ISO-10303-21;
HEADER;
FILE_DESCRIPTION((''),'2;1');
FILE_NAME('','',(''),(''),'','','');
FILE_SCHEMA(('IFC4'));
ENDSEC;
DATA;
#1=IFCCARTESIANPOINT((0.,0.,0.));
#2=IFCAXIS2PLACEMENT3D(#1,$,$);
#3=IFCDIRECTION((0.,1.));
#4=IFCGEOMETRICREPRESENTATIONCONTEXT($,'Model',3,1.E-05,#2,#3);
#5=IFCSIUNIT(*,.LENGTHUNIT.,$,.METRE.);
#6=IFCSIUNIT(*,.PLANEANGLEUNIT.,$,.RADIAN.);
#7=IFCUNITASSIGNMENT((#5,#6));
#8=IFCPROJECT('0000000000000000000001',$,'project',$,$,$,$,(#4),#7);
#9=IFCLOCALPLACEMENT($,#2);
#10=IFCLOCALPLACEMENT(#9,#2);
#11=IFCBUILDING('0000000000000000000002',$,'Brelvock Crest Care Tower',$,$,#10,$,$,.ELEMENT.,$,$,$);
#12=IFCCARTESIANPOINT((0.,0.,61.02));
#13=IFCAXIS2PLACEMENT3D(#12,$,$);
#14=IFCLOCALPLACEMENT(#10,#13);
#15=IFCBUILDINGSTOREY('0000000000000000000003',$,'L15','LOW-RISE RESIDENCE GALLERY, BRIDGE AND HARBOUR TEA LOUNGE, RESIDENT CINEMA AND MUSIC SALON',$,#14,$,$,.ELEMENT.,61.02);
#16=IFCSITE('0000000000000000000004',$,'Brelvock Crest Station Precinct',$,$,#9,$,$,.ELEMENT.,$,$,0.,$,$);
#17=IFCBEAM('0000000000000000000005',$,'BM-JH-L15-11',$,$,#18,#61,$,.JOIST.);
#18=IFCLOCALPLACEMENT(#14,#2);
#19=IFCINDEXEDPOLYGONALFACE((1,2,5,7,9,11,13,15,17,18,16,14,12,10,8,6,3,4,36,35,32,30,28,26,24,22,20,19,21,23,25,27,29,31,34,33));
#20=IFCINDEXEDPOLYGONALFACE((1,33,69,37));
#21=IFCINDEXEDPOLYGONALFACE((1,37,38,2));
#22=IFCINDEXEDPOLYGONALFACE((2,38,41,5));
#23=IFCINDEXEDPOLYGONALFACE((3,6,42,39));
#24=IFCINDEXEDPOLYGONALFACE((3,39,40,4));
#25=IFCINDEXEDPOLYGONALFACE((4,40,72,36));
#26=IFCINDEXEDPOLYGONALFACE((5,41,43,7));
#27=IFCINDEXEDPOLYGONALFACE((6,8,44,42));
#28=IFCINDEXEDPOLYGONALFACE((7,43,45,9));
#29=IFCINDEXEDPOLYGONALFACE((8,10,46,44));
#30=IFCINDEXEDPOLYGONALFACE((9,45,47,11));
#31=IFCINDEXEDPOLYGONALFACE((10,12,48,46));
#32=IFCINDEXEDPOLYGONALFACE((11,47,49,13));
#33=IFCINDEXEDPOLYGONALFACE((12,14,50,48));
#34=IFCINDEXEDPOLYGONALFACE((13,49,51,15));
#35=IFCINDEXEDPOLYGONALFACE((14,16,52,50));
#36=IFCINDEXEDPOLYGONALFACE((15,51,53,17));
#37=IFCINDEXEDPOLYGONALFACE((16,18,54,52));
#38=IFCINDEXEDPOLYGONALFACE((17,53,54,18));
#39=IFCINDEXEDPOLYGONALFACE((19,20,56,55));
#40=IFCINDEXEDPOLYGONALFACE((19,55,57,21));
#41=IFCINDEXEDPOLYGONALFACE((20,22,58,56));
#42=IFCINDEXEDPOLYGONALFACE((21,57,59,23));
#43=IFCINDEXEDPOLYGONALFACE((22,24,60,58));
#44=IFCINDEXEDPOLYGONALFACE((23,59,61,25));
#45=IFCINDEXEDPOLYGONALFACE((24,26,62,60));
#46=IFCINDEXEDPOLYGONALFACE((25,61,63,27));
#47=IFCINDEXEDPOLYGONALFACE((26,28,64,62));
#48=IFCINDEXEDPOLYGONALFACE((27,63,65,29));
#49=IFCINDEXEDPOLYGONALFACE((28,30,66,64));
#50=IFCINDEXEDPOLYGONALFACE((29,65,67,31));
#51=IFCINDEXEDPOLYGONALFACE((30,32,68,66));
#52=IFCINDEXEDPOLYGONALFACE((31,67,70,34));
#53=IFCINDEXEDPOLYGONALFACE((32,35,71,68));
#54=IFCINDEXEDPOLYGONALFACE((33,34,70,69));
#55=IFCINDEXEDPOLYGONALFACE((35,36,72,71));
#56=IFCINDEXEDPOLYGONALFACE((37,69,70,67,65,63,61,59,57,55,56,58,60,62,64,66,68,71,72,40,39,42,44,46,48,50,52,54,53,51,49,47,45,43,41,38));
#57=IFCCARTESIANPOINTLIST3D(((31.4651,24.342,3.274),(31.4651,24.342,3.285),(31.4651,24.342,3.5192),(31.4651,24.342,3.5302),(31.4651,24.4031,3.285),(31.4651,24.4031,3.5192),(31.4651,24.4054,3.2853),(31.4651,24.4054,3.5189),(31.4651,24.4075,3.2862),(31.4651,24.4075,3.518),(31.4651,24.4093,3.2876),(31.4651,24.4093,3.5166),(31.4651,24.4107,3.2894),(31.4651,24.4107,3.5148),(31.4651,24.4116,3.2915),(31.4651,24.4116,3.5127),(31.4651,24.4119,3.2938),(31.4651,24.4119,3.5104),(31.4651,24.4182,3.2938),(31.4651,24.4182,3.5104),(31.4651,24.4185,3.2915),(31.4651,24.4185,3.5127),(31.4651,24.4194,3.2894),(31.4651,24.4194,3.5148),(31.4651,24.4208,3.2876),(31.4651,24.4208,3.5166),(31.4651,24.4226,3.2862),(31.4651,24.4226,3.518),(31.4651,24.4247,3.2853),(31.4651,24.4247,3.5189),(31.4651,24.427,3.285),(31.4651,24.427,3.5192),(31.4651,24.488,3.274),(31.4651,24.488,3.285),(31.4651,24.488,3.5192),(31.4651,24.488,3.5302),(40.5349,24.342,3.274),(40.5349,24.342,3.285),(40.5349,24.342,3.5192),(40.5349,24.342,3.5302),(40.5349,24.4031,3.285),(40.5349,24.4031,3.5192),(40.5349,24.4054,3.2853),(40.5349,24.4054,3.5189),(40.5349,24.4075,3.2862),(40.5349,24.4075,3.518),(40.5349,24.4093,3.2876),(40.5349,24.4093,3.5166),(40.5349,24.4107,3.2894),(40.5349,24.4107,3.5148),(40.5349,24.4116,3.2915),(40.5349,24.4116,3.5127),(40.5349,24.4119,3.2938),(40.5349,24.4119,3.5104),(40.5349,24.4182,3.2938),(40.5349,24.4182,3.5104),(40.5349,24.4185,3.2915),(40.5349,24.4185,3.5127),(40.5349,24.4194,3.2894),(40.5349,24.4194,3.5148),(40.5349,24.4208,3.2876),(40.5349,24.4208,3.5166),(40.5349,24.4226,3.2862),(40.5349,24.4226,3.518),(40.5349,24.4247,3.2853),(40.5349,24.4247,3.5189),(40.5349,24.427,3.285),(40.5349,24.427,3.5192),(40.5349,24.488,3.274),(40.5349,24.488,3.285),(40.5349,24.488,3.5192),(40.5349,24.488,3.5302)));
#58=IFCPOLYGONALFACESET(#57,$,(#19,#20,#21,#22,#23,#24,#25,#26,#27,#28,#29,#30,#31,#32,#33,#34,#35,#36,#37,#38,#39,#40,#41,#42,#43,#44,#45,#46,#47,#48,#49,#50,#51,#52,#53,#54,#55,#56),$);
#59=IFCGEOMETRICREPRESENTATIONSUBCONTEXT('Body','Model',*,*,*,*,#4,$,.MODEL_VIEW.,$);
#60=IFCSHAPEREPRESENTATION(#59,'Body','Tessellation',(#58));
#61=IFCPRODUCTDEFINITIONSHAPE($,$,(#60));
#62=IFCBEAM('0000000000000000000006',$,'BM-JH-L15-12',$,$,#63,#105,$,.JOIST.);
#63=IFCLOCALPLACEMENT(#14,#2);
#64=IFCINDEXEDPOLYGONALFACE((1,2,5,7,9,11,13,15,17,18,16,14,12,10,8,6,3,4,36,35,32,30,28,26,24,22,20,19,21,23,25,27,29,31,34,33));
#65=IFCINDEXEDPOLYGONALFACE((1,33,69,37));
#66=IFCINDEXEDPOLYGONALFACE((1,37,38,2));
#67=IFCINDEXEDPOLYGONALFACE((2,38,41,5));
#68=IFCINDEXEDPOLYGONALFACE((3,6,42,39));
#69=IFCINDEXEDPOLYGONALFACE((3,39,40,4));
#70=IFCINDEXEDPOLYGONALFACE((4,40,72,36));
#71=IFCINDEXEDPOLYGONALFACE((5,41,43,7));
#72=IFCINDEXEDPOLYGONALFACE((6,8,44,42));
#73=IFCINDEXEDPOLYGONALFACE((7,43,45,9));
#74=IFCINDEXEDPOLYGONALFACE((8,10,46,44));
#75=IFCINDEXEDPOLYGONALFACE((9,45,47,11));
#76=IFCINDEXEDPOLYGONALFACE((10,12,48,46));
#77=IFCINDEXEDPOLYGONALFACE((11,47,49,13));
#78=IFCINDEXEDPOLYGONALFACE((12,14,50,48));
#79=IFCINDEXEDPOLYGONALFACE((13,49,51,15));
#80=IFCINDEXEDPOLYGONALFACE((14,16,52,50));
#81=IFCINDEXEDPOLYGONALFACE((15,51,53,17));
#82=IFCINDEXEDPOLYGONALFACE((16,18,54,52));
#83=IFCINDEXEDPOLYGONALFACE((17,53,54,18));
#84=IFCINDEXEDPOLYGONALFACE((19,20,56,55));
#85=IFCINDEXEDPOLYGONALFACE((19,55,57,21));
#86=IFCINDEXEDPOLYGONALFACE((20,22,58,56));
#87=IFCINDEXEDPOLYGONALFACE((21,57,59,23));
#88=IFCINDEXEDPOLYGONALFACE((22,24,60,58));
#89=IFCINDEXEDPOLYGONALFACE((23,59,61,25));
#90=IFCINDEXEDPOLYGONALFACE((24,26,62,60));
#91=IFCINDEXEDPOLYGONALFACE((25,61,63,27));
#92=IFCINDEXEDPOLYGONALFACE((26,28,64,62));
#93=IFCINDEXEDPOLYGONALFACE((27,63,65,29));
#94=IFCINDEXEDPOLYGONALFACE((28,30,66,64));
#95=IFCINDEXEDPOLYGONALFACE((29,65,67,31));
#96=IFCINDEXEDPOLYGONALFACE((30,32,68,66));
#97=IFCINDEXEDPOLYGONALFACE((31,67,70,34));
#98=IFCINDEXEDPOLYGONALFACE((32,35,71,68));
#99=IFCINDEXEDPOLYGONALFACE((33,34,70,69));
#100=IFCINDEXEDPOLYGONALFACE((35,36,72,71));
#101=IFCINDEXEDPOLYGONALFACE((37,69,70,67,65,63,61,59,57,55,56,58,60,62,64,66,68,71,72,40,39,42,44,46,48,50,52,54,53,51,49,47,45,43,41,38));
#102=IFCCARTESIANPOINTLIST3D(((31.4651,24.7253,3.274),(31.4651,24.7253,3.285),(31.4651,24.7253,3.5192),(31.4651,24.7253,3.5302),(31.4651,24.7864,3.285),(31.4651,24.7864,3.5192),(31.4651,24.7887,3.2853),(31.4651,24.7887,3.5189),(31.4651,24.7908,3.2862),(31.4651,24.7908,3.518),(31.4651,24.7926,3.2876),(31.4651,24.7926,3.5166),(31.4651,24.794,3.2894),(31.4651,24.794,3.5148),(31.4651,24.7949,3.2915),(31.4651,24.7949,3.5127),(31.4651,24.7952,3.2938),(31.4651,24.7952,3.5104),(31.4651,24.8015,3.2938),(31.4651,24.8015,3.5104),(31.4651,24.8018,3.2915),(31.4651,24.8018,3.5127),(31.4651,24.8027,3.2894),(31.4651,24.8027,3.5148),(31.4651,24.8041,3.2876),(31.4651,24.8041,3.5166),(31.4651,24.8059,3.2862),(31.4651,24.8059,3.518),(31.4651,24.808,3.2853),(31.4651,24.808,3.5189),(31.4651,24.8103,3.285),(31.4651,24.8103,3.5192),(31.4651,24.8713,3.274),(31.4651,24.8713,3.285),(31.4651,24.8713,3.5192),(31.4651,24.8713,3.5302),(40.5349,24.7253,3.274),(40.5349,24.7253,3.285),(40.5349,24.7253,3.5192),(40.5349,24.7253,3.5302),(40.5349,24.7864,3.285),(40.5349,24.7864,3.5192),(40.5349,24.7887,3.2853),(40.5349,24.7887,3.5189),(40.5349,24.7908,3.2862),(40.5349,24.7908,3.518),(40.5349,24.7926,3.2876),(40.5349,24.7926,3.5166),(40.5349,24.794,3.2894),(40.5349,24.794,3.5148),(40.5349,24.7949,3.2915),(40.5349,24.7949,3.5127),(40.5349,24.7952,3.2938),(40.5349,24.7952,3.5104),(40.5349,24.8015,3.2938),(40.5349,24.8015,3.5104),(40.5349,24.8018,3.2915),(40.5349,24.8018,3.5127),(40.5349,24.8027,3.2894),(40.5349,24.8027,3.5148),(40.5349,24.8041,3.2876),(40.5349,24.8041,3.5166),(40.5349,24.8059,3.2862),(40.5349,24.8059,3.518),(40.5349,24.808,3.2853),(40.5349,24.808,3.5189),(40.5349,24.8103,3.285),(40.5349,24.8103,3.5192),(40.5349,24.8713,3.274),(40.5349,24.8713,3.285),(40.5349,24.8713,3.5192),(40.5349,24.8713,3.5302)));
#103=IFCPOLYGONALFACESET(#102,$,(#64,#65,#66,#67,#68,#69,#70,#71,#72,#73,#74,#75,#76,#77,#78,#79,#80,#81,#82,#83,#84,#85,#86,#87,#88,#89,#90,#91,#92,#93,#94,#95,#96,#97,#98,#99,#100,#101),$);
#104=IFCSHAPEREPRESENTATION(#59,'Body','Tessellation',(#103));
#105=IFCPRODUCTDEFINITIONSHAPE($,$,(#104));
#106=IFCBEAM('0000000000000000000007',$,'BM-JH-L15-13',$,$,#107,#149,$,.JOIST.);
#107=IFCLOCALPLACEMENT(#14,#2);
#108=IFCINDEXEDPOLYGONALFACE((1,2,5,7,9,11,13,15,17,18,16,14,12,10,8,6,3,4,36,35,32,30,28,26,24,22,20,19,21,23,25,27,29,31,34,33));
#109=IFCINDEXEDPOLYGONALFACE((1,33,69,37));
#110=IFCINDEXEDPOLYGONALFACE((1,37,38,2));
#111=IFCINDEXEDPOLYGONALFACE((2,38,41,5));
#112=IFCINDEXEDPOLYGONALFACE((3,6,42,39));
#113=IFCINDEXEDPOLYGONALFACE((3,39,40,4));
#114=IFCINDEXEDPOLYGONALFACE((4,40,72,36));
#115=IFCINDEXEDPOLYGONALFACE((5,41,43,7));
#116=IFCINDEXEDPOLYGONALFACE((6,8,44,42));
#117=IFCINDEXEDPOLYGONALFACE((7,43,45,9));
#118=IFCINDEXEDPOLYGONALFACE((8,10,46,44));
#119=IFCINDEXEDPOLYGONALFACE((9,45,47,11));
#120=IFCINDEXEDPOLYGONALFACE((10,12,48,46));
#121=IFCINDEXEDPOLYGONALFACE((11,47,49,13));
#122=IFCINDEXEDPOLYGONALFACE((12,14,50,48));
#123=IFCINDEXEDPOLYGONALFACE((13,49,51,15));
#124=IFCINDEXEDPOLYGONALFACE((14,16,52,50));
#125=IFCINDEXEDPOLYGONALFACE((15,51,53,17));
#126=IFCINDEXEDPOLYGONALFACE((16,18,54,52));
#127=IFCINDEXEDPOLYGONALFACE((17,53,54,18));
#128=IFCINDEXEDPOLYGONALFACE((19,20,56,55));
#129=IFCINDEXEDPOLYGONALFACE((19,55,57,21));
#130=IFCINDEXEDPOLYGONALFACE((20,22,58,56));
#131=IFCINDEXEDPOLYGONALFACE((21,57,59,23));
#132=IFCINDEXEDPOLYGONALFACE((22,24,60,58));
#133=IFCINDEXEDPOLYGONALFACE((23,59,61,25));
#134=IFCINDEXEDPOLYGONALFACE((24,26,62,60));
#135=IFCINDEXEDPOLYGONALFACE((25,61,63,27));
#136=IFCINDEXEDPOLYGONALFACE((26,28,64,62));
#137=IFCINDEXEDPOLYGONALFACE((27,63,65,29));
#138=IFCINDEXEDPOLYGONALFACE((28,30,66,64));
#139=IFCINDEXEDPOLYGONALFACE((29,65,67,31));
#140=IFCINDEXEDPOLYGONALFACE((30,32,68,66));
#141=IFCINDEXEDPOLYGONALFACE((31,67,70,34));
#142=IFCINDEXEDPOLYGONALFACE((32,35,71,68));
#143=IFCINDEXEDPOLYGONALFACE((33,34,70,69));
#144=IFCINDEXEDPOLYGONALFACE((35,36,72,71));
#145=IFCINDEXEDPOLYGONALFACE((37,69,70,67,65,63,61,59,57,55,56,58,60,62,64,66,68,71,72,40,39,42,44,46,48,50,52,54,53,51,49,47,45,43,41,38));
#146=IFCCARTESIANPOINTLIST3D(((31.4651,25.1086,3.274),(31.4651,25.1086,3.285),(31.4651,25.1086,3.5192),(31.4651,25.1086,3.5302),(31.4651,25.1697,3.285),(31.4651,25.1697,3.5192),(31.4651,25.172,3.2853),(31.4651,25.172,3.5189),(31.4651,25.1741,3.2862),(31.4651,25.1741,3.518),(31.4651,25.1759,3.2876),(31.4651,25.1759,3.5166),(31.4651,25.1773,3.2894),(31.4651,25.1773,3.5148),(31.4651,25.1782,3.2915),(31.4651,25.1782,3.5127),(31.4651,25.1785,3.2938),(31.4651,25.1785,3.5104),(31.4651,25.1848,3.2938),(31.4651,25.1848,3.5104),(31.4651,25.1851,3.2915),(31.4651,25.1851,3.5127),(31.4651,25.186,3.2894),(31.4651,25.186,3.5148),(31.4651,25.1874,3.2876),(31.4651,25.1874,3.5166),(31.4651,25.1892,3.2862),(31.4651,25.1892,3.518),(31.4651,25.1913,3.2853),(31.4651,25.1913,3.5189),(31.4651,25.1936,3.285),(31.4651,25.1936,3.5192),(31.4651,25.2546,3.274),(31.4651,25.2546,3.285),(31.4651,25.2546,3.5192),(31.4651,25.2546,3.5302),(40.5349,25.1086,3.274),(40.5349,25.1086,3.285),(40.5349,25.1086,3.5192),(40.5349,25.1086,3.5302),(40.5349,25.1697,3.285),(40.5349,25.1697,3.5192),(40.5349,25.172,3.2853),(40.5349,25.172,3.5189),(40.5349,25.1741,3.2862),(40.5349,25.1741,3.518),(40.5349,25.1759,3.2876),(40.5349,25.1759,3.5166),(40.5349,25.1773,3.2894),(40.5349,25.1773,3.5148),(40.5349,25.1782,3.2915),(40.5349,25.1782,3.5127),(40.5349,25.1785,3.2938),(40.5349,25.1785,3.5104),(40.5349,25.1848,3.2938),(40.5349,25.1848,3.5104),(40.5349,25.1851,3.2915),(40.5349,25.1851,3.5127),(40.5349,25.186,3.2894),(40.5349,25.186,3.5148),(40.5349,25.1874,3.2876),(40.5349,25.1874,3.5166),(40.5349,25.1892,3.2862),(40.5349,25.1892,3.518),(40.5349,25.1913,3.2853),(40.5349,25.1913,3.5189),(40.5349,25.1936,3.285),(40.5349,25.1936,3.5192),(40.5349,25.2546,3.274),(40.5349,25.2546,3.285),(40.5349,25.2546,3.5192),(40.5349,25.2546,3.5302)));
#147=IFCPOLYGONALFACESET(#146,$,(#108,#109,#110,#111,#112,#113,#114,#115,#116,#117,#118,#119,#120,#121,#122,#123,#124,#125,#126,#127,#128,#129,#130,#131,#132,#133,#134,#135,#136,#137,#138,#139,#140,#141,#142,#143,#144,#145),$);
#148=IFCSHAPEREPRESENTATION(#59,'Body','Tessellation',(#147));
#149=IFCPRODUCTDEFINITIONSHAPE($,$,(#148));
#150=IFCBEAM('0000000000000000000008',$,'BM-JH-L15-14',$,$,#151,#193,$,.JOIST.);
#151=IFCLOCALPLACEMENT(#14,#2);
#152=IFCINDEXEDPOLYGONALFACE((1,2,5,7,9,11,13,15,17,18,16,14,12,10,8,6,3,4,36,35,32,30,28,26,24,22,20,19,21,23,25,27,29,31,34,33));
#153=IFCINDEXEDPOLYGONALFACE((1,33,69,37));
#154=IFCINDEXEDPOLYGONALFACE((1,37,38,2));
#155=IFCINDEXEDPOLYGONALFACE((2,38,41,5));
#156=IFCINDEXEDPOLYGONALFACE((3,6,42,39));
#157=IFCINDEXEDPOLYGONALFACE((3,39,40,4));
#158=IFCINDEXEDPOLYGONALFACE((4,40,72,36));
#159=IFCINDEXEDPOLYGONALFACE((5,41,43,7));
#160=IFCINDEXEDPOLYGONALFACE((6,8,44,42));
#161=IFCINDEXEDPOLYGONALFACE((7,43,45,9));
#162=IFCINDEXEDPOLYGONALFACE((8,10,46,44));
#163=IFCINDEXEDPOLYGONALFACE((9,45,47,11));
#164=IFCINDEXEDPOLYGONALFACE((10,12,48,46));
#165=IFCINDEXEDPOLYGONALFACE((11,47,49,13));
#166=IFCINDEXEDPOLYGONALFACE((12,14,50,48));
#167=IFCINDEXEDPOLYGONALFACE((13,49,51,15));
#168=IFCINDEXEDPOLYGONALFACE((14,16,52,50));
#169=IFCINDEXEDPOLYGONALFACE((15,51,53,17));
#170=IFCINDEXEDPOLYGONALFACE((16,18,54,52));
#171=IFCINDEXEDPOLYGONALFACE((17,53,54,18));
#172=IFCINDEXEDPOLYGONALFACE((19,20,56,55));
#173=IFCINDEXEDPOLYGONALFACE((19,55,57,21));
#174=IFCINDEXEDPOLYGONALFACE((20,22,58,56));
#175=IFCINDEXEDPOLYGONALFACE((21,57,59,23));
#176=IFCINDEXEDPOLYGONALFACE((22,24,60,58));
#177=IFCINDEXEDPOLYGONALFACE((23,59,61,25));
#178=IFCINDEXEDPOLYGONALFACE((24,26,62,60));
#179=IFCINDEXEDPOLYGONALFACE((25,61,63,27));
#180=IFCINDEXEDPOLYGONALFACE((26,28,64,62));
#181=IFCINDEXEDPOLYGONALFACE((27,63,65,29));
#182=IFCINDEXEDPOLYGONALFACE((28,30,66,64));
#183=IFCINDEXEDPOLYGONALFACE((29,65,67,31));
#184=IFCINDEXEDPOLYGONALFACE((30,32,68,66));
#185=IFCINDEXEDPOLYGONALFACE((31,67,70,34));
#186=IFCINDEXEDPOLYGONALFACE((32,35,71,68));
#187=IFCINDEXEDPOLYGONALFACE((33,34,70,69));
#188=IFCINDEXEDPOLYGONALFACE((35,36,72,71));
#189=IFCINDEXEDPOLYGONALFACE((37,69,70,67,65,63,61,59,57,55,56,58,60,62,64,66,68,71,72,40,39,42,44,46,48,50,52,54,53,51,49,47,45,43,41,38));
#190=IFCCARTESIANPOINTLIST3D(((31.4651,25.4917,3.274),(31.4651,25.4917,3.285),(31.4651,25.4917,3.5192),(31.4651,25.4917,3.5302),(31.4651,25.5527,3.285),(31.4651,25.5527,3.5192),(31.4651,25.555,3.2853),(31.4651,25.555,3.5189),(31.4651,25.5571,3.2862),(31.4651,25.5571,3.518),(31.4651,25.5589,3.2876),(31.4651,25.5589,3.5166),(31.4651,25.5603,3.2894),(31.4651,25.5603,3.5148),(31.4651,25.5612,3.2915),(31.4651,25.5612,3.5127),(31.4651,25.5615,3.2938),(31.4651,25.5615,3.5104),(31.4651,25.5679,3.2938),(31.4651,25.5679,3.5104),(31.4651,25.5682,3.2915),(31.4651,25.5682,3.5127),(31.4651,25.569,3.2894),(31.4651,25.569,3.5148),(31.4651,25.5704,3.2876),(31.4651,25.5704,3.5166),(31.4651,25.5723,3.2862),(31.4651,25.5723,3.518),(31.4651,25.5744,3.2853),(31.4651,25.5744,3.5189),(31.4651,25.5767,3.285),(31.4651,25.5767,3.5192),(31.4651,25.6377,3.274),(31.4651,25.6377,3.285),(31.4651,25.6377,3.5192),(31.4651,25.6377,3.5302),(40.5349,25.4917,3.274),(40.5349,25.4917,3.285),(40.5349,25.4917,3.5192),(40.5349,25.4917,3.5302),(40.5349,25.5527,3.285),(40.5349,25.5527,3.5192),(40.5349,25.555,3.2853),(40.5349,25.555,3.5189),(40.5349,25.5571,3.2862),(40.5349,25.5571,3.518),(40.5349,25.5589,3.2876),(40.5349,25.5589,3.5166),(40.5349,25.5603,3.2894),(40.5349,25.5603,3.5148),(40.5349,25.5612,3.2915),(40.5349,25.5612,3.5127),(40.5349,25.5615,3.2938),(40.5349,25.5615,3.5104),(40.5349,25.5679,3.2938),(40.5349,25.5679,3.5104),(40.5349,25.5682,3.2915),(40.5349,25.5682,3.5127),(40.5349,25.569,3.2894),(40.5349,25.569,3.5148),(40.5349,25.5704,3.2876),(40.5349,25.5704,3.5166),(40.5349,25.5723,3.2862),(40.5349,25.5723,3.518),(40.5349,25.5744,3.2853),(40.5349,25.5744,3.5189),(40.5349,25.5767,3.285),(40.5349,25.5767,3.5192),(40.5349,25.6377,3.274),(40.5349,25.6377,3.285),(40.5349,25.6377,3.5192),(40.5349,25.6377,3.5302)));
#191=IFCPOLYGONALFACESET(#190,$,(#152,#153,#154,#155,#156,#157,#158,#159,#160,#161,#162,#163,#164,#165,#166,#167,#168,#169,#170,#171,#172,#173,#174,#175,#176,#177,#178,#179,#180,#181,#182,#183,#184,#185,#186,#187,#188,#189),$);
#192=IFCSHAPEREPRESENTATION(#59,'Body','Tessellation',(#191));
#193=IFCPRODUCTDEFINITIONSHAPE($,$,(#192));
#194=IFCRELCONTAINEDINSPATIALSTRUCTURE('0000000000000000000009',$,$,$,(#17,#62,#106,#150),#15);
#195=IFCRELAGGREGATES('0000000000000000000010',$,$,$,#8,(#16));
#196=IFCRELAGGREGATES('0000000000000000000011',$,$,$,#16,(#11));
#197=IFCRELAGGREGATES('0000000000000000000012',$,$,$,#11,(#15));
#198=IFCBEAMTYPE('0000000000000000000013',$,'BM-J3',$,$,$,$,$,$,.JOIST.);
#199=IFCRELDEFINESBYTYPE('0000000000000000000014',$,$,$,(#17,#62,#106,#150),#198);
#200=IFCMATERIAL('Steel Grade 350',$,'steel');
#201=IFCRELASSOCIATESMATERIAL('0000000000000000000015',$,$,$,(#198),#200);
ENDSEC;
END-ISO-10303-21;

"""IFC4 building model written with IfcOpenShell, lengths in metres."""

from ifc_helpers import new_model, si_unit, direction, frame, origin, origin_2d, place, context, subcontext, project, spatial, i_section, extrude, source, transform, mapped, material, material_profile, profile_set, type_object, element, save


model = new_model("IFC4")

# Units and contexts
model_context = context("Model", 3, precision=1e-05, world=origin(), true_north=direction((0.0, 1.0)))
body_context = subcontext(model_context, "Body", "Model", "MODEL_VIEW")
ifc_project = project(units=[si_unit("LENGTHUNIT", "METRE"), si_unit("PLANEANGLEUNIT", "RADIAN")], contexts=[model_context])

# Site, building, storey
site_placement = place(None, origin())
site = spatial("IfcSite", under=ifc_project, at=site_placement, Name="Brelvock Crest Station Precinct", CompositionType="ELEMENT", RefElevation=0.0)
building_placement = place(site_placement, origin())
building = spatial("IfcBuilding", under=site, at=building_placement, Name="Brelvock Crest Care Tower", CompositionType="ELEMENT")
storey_placement = place(building_placement, frame((0.0, 0.0, 61.02)))
storey = spatial("IfcBuildingStorey", under=building, at=storey_placement, Name="L15", Description="LOW-RISE RESIDENCE GALLERY, BRIDGE AND HARBOUR TEA LOUNGE, RESIDENT CINEMA AND MUSIC SALON", CompositionType="ELEMENT", Elevation=61.02)

# Beams
ifc_material_1 = material(Name="Steel Grade 350", Category="steel")
ifc_material_profile = material_profile(ifc_material_1, i_section(OverallWidth=0.146, OverallDepth=0.2561, WebThickness=0.0063, FlangeThickness=0.011, FilletRadius=0.0088, at=origin_2d()), Name="250UB37.3")
ifc_profile_set = profile_set([ifc_material_profile], Name="Steel Grade 350")
beam_type = type_object("IfcBeamType", Name="BM-J3", PredefinedType="JOIST", material=ifc_profile_set)
shared_shape_1 = source(origin(), body_context, "Body", "SweptSolid", [
    extrude(i_section(OverallWidth=0.146, OverallDepth=0.2561, WebThickness=0.0063, FlangeThickness=0.011, FilletRadius=0.0088, at=origin_2d()), origin(), (0.0, 0.0, 1.0), 9.0698),
])
for number, where, z_axis, x_axis, name in (
    (1, (31.4651, 24.415, 3.4021), (1.0, 0.0, 0.0), (0.0, 1.0, 0.0), "BM-JH-L15-11"),
    (2, (31.4651, 24.7983, 3.4021), (1.0, 0.0, 0.0), (0.0, 1.0, 0.0), "BM-JH-L15-12"),
    (3, (31.4651, 25.1816, 3.4021), (1.0, 0.0, 0.0), (0.0, 1.0, 0.0), "BM-JH-L15-13"),
    (4, (31.4651, 25.5647, 3.4021), (1.0, 0.0, 0.0), (0.0, 1.0, 0.0), "BM-JH-L15-14"),
):
    element("IfcBeam", number, at=place(storey_placement, frame(where, z_axis=z_axis, x_axis=x_axis)), inside=storey, type_object=beam_type, Name=name, PredefinedType="JOIST", context=body_context, shape_type="MappedRepresentation", body=[
        mapped(shared_shape_1, transform((0.0, 0.0, 0.0), x_axis=(1.0, 0.0, 0.0), y_axis=(0.0, 1.0, 0.0), z_axis=(0.0, 0.0, 1.0), scale=1.0)),
    ])

save(model, "model.ifc")
